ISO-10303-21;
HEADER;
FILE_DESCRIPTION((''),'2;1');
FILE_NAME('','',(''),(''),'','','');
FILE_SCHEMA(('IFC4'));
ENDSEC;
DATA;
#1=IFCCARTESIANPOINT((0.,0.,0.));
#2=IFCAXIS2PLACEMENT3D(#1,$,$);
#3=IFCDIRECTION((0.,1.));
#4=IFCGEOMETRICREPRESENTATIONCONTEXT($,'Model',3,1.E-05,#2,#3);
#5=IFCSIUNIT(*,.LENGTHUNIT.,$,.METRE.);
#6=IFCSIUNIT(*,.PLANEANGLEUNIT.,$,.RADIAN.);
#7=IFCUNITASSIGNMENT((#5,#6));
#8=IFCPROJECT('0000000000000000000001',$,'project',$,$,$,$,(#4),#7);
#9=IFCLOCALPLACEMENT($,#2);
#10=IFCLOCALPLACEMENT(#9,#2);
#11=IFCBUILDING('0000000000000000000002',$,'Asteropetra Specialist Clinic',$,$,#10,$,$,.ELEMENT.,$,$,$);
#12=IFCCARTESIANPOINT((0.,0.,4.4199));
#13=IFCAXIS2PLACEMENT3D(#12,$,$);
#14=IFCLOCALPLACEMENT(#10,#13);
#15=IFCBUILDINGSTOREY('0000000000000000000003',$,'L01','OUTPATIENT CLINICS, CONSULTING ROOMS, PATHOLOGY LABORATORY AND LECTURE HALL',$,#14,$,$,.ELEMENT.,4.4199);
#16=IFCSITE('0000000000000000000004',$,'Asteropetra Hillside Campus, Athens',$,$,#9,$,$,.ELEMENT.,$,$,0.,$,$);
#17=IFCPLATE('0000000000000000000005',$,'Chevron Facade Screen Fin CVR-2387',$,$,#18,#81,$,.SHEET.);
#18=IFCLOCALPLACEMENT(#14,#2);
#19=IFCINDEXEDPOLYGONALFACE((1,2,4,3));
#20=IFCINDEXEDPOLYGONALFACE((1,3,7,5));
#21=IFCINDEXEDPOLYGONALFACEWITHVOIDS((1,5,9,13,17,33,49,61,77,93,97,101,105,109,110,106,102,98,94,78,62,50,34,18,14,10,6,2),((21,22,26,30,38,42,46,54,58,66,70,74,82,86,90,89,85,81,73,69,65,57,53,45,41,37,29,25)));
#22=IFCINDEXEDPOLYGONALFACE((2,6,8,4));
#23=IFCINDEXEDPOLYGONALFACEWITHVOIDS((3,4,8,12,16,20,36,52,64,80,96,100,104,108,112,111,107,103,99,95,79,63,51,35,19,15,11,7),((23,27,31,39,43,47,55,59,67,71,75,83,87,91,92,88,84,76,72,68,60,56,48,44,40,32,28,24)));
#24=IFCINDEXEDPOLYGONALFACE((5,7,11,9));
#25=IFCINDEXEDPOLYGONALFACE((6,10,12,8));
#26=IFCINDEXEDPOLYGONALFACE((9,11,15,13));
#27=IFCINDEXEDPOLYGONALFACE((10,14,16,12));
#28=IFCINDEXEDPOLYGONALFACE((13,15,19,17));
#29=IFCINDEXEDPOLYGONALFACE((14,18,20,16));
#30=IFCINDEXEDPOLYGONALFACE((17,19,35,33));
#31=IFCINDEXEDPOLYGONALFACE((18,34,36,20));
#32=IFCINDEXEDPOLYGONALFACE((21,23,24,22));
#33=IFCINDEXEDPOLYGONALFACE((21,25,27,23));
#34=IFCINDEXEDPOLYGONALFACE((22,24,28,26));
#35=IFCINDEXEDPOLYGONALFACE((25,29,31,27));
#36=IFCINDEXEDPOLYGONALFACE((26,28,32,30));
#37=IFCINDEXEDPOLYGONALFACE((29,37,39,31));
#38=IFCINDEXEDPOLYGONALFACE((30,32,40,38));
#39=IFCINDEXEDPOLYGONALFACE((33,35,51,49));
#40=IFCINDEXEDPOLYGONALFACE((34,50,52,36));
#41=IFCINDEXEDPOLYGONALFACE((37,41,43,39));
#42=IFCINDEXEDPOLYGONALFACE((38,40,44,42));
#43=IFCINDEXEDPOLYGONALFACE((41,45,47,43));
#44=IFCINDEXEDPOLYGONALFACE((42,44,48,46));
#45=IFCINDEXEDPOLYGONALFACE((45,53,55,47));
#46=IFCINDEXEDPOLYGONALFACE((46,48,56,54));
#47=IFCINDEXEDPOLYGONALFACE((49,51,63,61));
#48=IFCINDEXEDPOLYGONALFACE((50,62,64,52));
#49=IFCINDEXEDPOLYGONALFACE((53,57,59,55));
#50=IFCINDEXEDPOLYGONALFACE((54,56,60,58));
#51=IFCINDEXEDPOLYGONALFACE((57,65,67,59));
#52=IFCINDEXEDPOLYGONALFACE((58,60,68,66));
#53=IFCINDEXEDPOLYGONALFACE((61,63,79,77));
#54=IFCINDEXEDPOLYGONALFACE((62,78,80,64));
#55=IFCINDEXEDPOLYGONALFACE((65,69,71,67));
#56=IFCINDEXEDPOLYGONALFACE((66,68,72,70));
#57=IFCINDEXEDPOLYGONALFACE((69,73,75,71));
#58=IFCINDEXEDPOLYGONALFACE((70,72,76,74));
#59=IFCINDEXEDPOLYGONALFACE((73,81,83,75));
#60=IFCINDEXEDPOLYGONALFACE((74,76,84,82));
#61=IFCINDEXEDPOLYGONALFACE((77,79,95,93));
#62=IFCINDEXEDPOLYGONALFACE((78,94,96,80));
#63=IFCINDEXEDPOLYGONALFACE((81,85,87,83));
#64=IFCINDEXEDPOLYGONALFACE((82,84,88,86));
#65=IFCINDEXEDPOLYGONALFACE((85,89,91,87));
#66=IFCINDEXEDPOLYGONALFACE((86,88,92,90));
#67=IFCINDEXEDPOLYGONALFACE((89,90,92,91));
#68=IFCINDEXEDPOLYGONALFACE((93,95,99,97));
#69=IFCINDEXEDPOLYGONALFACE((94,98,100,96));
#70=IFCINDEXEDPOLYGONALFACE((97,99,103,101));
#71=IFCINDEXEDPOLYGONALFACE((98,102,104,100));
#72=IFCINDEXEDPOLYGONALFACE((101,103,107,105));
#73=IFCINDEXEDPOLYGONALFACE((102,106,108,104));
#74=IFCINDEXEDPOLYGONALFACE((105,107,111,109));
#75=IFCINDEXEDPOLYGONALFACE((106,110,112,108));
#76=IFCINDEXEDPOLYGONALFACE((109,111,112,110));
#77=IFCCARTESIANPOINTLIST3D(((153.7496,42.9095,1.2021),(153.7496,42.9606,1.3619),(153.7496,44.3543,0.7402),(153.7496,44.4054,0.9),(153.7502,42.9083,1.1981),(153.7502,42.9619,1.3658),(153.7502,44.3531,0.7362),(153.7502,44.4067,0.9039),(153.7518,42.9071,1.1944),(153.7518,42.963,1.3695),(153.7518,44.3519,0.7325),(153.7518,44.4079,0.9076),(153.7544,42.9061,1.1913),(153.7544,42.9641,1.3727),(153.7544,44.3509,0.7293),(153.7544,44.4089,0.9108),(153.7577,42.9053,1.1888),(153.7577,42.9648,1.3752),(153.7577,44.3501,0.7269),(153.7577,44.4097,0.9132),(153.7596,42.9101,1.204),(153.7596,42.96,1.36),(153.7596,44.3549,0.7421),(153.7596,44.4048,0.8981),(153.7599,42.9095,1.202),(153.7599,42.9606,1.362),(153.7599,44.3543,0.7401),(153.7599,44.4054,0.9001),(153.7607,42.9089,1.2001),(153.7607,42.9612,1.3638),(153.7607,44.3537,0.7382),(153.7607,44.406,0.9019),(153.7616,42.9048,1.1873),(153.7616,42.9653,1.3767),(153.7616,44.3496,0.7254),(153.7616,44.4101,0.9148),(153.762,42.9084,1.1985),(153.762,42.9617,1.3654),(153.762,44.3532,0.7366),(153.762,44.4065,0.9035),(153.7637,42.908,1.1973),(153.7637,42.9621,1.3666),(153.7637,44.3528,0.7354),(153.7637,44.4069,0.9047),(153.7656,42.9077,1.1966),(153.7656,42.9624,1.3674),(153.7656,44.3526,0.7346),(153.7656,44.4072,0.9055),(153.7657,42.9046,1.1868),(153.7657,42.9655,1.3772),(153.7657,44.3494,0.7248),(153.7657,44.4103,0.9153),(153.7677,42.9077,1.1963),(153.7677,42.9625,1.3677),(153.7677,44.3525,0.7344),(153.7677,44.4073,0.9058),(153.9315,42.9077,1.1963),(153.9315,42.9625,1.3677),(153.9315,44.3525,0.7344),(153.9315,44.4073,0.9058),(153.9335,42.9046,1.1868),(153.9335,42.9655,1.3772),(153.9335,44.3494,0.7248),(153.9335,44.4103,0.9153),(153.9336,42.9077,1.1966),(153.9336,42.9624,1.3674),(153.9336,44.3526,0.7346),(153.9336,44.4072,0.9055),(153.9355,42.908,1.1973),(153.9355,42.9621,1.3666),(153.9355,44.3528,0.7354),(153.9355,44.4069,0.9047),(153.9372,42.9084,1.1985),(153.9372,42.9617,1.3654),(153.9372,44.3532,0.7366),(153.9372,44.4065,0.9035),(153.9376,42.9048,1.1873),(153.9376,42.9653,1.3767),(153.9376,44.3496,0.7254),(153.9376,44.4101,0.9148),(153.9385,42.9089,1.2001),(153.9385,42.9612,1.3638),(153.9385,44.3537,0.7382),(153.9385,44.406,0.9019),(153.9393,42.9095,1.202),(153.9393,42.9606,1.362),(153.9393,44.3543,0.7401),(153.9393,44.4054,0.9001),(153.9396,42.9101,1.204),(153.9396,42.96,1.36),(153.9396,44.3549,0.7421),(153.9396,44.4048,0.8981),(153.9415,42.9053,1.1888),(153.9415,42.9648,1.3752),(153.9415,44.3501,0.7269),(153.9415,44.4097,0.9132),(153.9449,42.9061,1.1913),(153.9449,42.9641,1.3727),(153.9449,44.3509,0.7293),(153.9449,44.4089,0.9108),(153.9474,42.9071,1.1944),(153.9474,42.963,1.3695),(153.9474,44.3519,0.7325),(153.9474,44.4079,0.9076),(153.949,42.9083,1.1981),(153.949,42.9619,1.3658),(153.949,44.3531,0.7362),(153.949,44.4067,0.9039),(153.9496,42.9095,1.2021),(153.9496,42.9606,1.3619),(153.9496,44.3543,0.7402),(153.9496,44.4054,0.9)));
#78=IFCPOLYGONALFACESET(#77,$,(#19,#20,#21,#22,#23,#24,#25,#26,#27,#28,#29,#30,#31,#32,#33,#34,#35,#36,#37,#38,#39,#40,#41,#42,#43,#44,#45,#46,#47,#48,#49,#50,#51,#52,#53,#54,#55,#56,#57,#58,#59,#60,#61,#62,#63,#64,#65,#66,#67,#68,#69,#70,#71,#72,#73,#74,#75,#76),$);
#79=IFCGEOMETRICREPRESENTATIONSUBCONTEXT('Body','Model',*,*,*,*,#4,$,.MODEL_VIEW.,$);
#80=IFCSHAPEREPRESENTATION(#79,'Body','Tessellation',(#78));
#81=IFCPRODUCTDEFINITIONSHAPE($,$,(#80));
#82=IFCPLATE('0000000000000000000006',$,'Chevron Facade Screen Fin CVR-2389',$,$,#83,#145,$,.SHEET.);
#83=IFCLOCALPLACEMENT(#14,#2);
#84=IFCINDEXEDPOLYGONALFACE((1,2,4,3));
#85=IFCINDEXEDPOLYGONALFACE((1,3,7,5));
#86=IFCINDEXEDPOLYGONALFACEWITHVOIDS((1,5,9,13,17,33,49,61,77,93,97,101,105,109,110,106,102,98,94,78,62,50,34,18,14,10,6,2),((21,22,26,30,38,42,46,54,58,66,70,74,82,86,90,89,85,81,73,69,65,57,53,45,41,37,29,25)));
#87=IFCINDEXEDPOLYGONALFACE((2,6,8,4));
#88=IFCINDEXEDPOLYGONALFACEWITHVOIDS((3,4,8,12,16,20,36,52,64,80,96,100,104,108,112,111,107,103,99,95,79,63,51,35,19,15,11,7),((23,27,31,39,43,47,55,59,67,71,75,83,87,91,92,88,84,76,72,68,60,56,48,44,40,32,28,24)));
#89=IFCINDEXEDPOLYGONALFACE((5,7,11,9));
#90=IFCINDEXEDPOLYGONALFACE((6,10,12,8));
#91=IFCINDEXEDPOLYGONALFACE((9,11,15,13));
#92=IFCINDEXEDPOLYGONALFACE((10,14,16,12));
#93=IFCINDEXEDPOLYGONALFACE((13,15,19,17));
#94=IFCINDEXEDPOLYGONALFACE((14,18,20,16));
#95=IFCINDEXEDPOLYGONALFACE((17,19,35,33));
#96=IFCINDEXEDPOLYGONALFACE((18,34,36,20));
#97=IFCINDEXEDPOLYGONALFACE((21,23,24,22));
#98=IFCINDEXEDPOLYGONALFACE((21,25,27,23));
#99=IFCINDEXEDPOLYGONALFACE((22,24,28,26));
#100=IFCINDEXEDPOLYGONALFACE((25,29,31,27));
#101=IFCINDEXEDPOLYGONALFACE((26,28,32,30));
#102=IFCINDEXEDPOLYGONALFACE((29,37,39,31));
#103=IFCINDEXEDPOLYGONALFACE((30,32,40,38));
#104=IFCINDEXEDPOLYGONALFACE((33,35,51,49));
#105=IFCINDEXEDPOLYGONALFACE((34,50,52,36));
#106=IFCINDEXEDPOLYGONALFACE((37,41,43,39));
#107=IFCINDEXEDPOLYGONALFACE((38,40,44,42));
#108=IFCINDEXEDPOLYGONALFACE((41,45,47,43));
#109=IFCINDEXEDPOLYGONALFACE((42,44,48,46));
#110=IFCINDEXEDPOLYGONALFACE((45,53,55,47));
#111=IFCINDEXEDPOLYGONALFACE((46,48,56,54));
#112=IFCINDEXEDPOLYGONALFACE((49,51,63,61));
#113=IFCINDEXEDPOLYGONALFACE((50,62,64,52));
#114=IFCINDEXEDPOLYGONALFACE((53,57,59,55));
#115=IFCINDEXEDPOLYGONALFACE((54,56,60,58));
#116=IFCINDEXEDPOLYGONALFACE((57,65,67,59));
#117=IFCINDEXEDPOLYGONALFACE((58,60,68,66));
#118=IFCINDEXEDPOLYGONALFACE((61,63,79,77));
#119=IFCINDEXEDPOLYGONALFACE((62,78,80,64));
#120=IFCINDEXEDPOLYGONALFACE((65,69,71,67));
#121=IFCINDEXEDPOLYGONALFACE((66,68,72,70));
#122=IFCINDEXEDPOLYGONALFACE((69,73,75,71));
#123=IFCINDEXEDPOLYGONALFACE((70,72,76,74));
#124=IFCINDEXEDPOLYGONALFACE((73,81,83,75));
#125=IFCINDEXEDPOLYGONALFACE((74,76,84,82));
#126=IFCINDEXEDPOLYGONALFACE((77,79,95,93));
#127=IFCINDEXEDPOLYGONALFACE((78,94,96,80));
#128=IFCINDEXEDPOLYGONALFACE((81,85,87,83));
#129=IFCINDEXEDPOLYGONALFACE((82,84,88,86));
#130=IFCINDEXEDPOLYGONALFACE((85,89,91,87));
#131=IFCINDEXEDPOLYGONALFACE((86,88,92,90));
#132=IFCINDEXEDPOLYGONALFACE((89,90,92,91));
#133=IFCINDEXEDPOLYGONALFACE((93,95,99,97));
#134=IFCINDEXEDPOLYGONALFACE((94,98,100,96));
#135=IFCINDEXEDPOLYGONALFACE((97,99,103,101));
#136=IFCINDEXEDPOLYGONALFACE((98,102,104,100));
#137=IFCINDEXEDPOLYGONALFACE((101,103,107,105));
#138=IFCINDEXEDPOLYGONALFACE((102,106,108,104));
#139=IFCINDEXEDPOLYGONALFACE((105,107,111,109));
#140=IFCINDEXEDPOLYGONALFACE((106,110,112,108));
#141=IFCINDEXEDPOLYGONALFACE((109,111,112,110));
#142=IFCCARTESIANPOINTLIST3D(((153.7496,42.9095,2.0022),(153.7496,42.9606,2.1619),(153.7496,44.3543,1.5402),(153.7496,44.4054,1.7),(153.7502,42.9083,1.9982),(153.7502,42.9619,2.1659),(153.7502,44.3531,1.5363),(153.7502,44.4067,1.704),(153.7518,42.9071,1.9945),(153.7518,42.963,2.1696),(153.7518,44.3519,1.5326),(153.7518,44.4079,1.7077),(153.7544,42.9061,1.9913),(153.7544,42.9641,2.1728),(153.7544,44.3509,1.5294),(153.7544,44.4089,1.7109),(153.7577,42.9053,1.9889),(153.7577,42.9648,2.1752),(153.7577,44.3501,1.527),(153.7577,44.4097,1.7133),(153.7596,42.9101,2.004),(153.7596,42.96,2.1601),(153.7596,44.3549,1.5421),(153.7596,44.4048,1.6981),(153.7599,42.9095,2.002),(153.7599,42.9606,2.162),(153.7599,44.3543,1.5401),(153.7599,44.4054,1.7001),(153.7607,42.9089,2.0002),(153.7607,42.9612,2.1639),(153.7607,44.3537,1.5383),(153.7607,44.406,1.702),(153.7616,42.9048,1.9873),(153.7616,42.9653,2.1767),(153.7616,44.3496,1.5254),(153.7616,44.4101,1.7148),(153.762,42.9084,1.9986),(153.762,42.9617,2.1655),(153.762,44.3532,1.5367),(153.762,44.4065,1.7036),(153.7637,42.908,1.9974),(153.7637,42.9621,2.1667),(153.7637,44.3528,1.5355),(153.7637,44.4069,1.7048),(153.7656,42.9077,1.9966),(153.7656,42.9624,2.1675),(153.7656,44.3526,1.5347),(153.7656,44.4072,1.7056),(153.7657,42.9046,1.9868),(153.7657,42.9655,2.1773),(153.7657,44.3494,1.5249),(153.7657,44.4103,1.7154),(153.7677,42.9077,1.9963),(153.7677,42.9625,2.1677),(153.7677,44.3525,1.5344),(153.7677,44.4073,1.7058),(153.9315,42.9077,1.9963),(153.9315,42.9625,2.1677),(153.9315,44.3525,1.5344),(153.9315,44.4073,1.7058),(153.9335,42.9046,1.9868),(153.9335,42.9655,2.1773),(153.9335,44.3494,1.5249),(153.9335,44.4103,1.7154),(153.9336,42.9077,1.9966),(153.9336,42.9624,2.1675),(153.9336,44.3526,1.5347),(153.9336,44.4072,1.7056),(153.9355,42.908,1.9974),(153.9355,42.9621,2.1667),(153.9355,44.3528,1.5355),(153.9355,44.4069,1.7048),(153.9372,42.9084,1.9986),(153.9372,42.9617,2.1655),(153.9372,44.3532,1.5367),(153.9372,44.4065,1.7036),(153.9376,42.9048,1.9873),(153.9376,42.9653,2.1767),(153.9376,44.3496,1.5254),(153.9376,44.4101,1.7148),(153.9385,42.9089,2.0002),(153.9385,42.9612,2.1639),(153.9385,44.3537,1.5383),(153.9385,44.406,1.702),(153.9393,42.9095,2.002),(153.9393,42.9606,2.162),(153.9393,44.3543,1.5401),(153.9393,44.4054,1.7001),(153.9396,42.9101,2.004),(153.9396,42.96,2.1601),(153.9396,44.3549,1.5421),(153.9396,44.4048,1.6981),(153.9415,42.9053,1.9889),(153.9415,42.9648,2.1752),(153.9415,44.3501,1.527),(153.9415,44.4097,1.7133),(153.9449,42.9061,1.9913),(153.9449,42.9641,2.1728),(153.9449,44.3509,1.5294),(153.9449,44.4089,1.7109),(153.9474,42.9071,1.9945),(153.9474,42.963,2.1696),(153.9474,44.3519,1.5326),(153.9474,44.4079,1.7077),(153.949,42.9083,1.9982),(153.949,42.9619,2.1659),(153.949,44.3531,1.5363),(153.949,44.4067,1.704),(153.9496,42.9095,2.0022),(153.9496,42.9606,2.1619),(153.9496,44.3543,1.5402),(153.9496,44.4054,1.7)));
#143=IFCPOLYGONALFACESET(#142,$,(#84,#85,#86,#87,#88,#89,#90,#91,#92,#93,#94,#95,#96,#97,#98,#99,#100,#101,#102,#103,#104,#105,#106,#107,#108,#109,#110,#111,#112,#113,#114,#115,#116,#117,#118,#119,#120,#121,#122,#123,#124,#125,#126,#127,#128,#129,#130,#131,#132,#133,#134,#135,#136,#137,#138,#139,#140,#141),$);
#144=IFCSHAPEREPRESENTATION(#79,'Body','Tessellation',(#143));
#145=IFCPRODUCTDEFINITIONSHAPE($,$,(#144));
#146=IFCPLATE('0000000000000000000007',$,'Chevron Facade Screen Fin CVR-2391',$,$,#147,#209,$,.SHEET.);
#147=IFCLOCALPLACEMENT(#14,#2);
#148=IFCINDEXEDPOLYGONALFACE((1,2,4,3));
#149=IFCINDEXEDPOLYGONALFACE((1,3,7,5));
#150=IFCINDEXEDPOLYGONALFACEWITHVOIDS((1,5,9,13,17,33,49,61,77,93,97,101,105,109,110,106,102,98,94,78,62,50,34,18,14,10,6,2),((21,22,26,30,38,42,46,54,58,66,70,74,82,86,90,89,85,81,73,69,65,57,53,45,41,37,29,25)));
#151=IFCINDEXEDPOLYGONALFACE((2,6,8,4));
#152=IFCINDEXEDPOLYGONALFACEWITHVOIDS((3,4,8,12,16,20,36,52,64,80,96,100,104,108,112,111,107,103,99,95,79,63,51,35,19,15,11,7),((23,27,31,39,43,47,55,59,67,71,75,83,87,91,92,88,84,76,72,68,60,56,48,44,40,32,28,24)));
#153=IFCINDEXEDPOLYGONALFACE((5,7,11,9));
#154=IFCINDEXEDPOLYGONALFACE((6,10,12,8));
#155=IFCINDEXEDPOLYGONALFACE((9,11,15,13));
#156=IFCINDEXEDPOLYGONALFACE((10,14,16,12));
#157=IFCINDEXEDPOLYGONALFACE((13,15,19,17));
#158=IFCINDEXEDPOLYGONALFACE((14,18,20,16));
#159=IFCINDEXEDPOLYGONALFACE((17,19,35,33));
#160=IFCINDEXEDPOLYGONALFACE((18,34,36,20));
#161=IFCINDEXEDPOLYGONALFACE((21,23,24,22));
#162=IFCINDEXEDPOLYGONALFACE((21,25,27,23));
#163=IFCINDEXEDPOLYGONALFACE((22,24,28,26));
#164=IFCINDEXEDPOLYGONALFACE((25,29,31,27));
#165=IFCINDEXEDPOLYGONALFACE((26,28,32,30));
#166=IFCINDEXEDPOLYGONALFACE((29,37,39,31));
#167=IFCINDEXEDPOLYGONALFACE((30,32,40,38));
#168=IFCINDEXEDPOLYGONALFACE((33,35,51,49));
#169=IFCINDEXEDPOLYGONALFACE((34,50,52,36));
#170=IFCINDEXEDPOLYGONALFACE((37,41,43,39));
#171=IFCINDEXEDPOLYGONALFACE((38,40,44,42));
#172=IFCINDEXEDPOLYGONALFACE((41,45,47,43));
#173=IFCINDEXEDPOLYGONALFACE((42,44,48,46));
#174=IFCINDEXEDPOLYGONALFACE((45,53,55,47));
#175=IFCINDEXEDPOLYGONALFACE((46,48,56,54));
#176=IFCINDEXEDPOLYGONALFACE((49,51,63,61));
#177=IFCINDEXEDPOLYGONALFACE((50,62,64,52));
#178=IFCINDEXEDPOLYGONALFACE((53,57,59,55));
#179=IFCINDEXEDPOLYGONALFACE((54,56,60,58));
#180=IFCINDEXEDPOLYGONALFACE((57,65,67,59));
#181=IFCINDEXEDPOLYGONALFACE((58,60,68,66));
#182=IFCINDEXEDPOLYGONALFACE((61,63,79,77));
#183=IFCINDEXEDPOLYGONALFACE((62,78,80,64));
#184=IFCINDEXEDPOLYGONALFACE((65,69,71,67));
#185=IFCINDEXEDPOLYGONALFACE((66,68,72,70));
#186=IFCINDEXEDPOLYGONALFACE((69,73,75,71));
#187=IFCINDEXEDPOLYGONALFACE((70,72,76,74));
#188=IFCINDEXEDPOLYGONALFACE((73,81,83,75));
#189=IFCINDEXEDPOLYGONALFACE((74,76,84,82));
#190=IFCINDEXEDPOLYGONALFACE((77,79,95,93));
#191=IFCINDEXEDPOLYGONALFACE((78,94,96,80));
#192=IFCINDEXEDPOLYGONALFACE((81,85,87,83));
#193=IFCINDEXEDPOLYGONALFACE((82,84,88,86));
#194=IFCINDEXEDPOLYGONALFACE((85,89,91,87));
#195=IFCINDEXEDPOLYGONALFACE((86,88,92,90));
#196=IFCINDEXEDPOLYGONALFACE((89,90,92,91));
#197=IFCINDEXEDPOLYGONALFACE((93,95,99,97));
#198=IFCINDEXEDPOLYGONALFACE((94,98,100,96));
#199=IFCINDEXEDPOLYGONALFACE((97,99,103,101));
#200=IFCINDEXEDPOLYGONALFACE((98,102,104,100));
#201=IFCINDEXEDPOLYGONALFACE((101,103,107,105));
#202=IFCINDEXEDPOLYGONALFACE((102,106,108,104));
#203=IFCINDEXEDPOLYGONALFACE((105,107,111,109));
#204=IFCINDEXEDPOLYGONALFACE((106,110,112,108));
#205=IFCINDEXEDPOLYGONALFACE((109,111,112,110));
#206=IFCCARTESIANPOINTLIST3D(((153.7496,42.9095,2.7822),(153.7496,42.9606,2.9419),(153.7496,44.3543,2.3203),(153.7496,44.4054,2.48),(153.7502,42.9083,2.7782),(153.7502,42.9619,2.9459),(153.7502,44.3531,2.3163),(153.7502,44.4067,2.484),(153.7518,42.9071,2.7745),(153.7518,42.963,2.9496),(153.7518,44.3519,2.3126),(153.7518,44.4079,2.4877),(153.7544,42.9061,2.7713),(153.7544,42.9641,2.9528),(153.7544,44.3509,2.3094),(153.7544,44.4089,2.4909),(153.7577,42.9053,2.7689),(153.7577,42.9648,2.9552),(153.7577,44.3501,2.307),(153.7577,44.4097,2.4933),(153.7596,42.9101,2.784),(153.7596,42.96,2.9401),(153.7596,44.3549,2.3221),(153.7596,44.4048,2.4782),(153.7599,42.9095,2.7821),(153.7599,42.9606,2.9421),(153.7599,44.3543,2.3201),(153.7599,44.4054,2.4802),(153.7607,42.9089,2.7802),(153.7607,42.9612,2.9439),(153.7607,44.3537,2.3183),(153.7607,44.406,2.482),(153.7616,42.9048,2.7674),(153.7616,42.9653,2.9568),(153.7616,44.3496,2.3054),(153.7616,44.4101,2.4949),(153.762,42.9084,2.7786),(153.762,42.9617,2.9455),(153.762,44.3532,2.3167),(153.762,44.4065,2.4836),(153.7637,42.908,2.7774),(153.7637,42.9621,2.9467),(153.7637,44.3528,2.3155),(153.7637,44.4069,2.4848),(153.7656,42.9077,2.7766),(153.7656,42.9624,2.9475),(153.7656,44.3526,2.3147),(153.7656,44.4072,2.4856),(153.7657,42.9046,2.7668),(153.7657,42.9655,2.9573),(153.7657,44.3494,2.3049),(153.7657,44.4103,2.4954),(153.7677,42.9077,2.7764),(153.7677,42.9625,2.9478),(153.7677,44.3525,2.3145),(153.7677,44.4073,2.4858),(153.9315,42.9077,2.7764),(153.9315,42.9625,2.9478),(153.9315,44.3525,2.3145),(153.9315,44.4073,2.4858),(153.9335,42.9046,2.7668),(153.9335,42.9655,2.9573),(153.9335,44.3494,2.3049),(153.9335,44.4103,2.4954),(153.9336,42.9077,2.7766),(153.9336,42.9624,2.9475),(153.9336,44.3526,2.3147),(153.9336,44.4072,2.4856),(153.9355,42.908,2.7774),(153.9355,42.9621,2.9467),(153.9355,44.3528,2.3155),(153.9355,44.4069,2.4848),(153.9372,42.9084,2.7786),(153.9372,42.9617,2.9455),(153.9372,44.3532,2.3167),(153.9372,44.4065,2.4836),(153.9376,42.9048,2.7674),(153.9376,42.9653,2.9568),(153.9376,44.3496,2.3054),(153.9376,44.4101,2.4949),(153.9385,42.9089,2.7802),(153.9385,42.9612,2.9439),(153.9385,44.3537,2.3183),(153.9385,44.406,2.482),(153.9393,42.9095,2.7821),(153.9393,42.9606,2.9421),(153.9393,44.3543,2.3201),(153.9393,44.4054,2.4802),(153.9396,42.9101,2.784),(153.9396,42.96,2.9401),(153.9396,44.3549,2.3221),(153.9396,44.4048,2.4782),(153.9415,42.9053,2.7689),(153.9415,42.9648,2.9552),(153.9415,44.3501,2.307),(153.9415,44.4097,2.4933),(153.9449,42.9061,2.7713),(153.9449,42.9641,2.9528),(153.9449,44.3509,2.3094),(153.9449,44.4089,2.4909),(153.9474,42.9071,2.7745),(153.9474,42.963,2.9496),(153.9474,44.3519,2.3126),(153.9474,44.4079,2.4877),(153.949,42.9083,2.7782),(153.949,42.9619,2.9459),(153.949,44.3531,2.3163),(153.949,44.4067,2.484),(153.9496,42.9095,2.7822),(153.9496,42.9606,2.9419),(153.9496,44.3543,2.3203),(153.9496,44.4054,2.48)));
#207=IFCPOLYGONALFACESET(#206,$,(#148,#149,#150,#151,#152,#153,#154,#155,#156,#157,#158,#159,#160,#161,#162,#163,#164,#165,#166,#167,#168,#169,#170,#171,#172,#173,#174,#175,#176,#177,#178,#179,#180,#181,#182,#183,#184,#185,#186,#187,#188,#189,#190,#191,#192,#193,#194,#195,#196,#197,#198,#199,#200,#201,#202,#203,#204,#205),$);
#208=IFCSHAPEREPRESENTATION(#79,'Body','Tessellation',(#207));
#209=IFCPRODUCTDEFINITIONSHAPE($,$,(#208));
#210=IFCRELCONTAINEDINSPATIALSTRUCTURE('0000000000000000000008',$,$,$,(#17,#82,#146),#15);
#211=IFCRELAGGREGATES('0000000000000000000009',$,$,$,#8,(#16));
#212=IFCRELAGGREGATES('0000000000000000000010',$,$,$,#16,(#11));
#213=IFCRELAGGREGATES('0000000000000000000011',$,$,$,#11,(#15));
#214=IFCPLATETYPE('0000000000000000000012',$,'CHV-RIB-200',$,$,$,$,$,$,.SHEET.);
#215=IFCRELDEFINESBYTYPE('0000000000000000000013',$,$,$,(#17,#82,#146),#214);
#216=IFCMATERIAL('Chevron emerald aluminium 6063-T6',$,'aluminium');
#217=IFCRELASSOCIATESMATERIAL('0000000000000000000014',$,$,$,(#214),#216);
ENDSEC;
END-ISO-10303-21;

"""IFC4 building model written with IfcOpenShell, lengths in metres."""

from ifc_helpers import new_model, si_unit, direction, frame, origin, origin_2d, place, context, subcontext, project, spatial, hollow_rectangle, extrude, material, material_profile, profile_set, type_object, element, save


model = new_model("IFC4")

# Units and contexts
model_context = context("Model", 3, precision=1e-05, world=origin(), true_north=direction((0.0, 1.0)))
body_context = subcontext(model_context, "Body", "Model", "MODEL_VIEW")
ifc_project = project(units=[si_unit("LENGTHUNIT", "METRE"), si_unit("PLANEANGLEUNIT", "RADIAN")], contexts=[model_context])

# Site, building, storey
site_placement = place(None, origin())
site = spatial("IfcSite", under=ifc_project, at=site_placement, Name="Asteropetra Hillside Campus, Athens", CompositionType="ELEMENT", RefElevation=0.0)
building_placement = place(site_placement, origin())
building = spatial("IfcBuilding", under=site, at=building_placement, Name="Asteropetra Specialist Clinic", CompositionType="ELEMENT")
storey_placement = place(building_placement, frame((0.0, 0.0, 4.4199)))
storey = spatial("IfcBuildingStorey", under=building, at=storey_placement, Name="L01", Description="OUTPATIENT CLINICS, CONSULTING ROOMS, PATHOLOGY LABORATORY AND LECTURE HALL", CompositionType="ELEMENT", Elevation=4.4199)

# Plates
ifc_material_1 = material(Name="Chevron emerald aluminium 6063-T6", Category="aluminium")
ifc_material_profile = material_profile(ifc_material_1, hollow_rectangle(XDim=0.2, YDim=0.2, WallThickness=0.01, InnerFilletRadius=0.0081, OuterFilletRadius=0.0161, at=origin_2d()), Name="SHS 200x200x10.0")
ifc_profile_set = profile_set([ifc_material_profile], Name="Chevron emerald aluminium 6063-T6")
plate_type = type_object("IfcPlateType", Name="CHV-RIB-200", PredefinedType="SHEET", material=ifc_profile_set)
for number, where, z_axis, x_axis, name in (
    (1, (153.8496, 42.9351, 1.282), (0.0, 0.952506, -0.304519), (-1.0, 0.0, 0.0), "Chevron Facade Screen Fin CVR-2387"),
    (2, (153.8496, 42.9351, 2.082), (0.0, 0.952506, -0.304519), (-1.0, 0.0, 0.0), "Chevron Facade Screen Fin CVR-2389"),
    (3, (153.8496, 42.9351, 2.8621), (0.0, 0.952506, -0.304519), (-1.0, 0.0, 0.0), "Chevron Facade Screen Fin CVR-2391"),
):
    element("IfcPlate", number, at=place(storey_placement, frame(where, z_axis=z_axis, x_axis=x_axis)), inside=storey, type_object=plate_type, Name=name, PredefinedType="SHEET", context=body_context, shape_type="SweptSolid", body=[
        extrude(hollow_rectangle(XDim=0.2, YDim=0.2, WallThickness=0.01, InnerFilletRadius=0.0081, OuterFilletRadius=0.0161, at=origin_2d()), origin(), (0.0, 0.0, 1.0), 1.5168),
    ])

save(model, "model.ifc")
